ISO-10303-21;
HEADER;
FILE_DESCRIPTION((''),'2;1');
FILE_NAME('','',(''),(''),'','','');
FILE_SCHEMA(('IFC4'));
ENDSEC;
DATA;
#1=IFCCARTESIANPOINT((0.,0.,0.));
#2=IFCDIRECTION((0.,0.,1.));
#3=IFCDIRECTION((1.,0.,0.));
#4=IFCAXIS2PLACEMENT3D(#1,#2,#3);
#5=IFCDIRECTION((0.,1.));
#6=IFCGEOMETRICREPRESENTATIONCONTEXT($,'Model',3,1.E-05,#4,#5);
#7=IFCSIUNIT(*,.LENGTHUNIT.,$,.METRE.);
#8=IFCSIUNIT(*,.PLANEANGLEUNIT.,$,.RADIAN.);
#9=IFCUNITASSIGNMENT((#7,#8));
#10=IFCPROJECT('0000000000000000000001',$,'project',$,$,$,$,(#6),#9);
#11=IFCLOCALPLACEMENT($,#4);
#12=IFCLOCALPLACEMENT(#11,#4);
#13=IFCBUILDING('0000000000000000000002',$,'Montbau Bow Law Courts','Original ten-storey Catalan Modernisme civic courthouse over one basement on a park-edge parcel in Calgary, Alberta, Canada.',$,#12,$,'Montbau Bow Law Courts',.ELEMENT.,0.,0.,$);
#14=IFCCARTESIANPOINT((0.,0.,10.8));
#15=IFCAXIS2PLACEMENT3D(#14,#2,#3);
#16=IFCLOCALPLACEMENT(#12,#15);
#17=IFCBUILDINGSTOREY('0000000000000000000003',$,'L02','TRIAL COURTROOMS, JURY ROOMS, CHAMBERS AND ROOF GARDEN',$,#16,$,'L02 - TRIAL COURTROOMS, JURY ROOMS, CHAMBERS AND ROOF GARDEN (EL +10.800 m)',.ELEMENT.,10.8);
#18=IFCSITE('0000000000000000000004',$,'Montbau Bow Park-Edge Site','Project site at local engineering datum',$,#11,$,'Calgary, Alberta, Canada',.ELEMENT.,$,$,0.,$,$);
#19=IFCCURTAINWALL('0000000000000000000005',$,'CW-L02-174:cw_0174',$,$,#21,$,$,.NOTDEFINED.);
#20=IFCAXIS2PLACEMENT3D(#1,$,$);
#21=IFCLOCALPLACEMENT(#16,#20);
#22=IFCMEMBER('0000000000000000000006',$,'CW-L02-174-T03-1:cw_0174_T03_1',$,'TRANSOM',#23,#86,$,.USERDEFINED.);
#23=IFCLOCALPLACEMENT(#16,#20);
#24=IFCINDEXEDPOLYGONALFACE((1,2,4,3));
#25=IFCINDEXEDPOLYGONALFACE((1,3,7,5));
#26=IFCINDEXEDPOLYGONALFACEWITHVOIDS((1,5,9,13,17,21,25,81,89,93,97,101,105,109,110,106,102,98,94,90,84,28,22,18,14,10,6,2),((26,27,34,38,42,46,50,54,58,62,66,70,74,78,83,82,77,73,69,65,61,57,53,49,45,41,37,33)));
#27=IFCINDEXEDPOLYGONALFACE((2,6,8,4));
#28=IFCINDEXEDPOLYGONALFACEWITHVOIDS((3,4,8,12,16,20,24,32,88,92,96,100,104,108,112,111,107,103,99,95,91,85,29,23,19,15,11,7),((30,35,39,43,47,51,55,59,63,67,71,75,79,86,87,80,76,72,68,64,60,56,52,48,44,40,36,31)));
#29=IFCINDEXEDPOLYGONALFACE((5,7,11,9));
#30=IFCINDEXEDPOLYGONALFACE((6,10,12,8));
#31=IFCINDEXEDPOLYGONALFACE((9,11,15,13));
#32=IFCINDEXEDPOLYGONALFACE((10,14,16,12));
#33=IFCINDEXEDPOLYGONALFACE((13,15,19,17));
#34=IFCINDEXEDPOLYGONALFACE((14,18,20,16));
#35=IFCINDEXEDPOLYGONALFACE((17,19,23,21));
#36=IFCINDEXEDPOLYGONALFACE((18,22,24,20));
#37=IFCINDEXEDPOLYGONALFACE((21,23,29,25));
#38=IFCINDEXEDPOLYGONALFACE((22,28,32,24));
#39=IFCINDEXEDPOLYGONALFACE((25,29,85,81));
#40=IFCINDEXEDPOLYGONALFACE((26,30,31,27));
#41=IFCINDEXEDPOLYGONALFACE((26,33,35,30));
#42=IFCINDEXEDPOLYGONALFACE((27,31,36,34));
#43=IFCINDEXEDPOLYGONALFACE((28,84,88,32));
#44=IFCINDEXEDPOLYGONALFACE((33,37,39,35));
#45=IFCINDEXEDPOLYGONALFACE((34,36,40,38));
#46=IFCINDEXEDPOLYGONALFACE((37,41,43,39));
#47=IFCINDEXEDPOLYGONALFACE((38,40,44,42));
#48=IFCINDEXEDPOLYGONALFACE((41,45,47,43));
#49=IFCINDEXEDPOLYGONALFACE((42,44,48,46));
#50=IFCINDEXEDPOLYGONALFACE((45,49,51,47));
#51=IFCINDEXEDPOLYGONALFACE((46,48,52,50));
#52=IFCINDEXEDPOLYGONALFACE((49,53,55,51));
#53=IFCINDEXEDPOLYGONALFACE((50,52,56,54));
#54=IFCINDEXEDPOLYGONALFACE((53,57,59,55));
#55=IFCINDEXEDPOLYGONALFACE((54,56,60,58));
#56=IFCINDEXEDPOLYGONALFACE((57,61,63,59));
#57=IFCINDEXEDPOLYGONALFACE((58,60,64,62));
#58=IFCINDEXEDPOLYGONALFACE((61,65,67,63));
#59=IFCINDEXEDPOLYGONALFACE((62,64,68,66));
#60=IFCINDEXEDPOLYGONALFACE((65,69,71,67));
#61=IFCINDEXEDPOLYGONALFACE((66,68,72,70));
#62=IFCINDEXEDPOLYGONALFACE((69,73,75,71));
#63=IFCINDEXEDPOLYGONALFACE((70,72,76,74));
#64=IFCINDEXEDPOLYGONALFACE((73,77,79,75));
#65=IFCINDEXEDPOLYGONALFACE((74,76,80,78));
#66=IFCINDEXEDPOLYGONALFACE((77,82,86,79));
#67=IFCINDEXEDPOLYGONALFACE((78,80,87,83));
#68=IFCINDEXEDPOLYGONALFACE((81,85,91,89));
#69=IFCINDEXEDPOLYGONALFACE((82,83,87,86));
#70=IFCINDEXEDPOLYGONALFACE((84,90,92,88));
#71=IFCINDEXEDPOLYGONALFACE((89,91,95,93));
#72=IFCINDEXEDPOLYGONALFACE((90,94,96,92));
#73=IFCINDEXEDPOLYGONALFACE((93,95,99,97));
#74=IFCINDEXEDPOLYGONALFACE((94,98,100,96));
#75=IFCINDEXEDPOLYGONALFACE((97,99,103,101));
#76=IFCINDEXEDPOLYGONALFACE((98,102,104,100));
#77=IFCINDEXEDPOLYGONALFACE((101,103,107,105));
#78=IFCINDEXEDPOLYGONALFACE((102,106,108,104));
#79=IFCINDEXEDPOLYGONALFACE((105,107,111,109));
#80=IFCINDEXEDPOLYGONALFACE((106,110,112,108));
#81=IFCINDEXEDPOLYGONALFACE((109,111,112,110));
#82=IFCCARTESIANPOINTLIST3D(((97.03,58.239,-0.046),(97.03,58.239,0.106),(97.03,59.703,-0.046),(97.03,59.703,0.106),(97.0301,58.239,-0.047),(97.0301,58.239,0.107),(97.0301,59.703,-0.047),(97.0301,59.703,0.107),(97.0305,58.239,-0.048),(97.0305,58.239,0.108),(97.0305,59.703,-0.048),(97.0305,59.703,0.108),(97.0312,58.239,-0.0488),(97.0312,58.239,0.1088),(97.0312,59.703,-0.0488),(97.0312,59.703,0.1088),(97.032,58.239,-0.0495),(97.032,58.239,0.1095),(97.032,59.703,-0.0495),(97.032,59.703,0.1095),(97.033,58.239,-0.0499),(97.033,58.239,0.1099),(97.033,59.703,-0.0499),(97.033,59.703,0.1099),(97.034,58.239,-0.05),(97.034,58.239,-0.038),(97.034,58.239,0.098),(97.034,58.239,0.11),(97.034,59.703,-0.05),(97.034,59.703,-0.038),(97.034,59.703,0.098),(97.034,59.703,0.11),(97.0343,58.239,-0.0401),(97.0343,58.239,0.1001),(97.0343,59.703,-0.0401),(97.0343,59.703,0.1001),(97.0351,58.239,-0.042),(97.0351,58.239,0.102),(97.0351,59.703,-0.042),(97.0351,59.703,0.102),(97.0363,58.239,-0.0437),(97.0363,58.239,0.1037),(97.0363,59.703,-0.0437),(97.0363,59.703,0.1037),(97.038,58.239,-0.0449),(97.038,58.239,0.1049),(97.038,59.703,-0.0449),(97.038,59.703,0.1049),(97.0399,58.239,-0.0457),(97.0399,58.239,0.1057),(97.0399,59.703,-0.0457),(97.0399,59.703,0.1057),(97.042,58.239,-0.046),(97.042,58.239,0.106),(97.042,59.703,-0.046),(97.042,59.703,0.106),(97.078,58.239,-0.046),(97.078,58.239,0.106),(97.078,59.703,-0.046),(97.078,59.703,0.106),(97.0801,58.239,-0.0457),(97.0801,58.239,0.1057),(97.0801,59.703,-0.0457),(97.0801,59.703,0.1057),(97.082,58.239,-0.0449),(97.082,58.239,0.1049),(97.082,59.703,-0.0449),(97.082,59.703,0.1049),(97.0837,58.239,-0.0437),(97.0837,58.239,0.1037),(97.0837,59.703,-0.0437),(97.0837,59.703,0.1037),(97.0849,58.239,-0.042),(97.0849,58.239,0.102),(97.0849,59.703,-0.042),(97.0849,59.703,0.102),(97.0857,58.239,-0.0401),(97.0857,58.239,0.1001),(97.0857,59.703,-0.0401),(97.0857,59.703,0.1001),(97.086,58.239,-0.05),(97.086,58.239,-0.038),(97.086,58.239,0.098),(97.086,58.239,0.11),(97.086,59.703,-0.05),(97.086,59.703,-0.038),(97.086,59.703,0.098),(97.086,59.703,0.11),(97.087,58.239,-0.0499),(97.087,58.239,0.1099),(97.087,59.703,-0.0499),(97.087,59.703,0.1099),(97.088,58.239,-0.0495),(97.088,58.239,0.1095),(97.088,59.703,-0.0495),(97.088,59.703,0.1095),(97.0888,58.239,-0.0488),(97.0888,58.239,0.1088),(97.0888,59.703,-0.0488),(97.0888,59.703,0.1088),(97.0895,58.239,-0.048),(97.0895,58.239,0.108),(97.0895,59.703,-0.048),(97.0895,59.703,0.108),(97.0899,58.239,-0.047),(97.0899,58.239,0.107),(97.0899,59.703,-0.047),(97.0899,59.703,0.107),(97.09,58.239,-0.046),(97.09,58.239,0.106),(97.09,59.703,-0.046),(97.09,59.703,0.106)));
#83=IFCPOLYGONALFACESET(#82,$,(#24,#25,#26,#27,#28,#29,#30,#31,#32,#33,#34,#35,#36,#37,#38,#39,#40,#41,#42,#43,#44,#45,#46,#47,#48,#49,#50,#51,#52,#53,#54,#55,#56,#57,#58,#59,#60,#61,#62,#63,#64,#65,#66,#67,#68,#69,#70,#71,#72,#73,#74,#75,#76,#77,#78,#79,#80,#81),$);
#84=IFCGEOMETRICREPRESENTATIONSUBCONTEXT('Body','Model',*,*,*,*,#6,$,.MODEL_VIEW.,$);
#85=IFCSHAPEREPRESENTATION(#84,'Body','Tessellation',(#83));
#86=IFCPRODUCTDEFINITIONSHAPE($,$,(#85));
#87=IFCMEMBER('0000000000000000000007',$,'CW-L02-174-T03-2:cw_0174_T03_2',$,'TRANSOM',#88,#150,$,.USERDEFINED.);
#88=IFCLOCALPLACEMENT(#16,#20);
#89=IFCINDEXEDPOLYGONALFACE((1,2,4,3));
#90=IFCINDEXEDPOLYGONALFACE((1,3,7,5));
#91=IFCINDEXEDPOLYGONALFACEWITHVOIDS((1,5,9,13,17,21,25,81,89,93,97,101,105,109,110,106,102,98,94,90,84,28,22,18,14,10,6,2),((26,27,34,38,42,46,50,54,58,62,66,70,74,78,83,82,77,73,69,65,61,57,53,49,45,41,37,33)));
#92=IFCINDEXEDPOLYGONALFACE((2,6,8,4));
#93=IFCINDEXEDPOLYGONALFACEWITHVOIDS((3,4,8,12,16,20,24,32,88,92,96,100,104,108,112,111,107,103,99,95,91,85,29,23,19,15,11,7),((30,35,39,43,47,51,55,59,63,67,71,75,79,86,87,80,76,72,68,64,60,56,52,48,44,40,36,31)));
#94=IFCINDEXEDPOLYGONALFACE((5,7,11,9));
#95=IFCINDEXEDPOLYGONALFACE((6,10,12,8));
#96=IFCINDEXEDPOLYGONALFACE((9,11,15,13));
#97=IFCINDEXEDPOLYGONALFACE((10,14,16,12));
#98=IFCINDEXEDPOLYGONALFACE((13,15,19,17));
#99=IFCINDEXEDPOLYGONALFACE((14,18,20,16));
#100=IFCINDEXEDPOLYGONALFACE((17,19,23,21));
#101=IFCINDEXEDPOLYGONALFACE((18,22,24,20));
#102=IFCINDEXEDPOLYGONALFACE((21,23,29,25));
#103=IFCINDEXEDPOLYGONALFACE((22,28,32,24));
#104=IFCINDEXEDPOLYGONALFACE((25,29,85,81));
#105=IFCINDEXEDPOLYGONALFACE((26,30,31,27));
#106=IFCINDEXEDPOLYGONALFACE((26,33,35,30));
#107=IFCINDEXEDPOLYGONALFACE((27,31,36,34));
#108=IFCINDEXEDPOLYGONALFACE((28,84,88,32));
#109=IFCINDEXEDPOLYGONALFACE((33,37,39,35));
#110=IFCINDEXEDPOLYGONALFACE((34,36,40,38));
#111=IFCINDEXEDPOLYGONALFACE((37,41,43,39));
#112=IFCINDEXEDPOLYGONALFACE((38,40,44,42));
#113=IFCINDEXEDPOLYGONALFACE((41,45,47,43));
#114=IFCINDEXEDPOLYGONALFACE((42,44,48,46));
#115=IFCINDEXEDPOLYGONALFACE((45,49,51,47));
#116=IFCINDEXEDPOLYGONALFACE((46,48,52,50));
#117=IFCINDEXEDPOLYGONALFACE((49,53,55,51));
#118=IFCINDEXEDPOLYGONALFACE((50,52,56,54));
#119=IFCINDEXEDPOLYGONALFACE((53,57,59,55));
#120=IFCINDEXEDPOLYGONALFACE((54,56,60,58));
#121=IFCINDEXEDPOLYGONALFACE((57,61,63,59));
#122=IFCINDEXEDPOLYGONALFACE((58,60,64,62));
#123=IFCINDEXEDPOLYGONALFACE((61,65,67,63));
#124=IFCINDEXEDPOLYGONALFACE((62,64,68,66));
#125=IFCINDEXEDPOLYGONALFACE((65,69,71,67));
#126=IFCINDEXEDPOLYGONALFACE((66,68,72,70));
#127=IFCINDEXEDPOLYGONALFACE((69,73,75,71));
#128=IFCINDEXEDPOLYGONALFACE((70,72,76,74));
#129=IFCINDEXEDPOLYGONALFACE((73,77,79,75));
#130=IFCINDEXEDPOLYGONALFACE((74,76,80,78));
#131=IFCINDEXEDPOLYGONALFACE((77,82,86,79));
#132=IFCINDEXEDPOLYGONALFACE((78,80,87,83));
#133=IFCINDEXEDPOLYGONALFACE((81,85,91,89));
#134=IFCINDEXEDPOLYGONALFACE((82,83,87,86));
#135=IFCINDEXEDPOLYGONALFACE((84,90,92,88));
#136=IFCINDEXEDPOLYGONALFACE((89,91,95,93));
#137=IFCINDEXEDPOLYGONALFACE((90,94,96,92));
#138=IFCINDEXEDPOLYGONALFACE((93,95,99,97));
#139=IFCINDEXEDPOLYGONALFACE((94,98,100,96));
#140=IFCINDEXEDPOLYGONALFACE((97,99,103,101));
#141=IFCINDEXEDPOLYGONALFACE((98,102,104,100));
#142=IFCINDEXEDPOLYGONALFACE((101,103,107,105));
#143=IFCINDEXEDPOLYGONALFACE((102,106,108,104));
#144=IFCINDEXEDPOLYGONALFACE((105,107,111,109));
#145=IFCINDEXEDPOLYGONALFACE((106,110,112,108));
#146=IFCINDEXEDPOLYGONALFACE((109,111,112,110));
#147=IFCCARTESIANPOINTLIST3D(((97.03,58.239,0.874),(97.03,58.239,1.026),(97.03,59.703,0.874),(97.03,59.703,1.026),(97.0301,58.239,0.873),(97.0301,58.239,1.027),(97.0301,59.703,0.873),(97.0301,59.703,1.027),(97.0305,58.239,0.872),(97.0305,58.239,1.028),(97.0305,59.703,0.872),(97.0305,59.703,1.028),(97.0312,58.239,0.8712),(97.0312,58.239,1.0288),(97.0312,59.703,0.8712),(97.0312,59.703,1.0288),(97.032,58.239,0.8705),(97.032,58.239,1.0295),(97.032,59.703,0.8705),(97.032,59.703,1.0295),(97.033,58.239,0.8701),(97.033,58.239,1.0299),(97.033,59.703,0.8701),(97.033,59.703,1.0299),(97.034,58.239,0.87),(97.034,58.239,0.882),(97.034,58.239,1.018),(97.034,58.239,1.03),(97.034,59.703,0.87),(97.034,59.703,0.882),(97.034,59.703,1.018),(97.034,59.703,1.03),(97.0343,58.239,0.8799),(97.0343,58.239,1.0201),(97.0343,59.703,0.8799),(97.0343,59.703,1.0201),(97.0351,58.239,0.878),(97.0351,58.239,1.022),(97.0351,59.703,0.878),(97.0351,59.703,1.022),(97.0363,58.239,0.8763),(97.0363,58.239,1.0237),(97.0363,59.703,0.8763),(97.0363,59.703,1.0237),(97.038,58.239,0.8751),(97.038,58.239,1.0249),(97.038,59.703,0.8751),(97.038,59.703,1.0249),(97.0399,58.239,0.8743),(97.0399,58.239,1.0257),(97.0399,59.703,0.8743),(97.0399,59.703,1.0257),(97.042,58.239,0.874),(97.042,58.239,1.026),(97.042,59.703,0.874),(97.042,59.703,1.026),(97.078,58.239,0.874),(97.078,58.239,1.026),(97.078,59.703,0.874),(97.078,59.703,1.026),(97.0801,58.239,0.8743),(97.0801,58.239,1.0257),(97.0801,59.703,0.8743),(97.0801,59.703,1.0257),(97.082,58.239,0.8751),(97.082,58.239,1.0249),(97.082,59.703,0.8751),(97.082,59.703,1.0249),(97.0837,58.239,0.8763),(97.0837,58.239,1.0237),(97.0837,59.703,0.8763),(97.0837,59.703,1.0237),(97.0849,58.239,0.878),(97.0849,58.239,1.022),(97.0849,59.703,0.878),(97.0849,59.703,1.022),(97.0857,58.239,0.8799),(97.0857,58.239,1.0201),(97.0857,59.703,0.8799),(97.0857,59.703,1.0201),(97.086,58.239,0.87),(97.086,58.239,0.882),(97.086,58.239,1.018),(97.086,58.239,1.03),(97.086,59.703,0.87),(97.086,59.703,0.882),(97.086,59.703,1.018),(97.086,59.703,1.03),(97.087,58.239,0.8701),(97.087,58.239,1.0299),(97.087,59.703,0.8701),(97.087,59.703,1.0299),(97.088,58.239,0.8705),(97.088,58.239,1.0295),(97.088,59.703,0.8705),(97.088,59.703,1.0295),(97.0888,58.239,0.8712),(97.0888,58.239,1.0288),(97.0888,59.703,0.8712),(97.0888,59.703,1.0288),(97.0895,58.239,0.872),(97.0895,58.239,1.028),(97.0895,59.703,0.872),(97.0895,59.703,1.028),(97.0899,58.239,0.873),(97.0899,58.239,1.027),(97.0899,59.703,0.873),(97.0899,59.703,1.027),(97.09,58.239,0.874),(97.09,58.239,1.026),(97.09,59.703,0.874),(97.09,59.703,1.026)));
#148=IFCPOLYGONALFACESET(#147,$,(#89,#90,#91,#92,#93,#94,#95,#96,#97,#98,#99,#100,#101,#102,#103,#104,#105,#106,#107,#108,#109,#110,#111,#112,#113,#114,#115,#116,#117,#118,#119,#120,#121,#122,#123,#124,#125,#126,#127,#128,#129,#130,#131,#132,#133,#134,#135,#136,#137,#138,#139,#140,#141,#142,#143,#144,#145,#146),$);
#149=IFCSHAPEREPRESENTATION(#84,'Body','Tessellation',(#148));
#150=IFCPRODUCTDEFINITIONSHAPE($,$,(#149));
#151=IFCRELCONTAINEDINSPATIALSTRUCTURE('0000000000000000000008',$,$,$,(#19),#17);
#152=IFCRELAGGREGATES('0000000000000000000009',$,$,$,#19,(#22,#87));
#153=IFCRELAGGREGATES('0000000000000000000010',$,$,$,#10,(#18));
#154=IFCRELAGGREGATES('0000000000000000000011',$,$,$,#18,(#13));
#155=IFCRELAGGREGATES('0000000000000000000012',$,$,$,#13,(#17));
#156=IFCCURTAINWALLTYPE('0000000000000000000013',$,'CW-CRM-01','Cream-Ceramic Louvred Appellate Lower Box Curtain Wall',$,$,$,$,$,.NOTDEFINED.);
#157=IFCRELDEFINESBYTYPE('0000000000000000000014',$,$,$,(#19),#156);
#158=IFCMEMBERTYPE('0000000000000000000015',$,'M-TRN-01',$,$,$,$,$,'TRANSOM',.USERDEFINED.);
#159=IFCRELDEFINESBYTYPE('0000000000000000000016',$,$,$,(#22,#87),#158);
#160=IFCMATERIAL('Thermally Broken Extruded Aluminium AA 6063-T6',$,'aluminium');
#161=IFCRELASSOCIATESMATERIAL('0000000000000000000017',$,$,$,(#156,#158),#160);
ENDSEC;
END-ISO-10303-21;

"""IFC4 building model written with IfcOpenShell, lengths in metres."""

from ifc_helpers import new_model, si_unit, direction, frame, origin_with_axes, origin_2d_with_axis, place, context, subcontext, project, spatial, hollow_rectangle, extrude, material, material_profile, profile_set, type_object, element, aggregate, save


model = new_model("IFC4")

# Units and contexts
model_context = context("Model", 3, precision=1e-05, world=origin_with_axes(), true_north=direction((0.0, 1.0)))
body_context = subcontext(model_context, "Body", "Model", "MODEL_VIEW")
ifc_project = project(units=[si_unit("LENGTHUNIT", "METRE"), si_unit("PLANEANGLEUNIT", "RADIAN")], contexts=[model_context])

# Site, building, storey
site_placement = place(None, origin_with_axes())
site = spatial("IfcSite", under=ifc_project, at=site_placement, Name="Montbau Bow Park-Edge Site", Description="Project site at local engineering datum", LongName="Calgary, Alberta, Canada", CompositionType="ELEMENT", RefElevation=0.0)
building_placement = place(site_placement, origin_with_axes())
building = spatial("IfcBuilding", under=site, at=building_placement, Name="Montbau Bow Law Courts", Description="Original ten-storey Catalan Modernisme civic courthouse over one basement on a park-edge parcel in Calgary, Alberta, Canada.", LongName="Montbau Bow Law Courts", CompositionType="ELEMENT", ElevationOfRefHeight=0.0, ElevationOfTerrain=0.0)
storey_placement = place(building_placement, frame((0.0, 0.0, 10.8), z_axis=(0.0, 0.0, 1.0), x_axis=(1.0, 0.0, 0.0)))
storey = spatial("IfcBuildingStorey", under=building, at=storey_placement, Name="L02", Description="TRIAL COURTROOMS, JURY ROOMS, CHAMBERS AND ROOF GARDEN", LongName="L02 - TRIAL COURTROOMS, JURY ROOMS, CHAMBERS AND ROOF GARDEN (EL +10.800 m)", CompositionType="ELEMENT", Elevation=10.8)

# Curtain wall, members
ifc_material_1 = material(Name="Thermally Broken Extruded Aluminium AA 6063-T6", Category="aluminium")
curtain_wall_type = type_object("IfcCurtainWallType", Name="CW-CRM-01", Description="Cream-Ceramic Louvred Appellate Lower Box Curtain Wall", PredefinedType="NOTDEFINED", material=ifc_material_1)
curtain_wall_placement = place(None, frame((97.06, 55.115, 10.8), z_axis=(0.0, 0.0, 1.0), x_axis=(1.0, 0.0, 0.0)))
curtain_wall = element("IfcCurtainWall", 1, at=curtain_wall_placement, inside=storey, type_object=curtain_wall_type, Name="CW-L02-174:cw_0174", PredefinedType="NOTDEFINED")
ifc_material_profile_1 = material_profile(ifc_material_1, hollow_rectangle(XDim=0.06, YDim=0.16, WallThickness=0.004, InnerFilletRadius=0.008, OuterFilletRadius=0.004, at=origin_2d_with_axis()), Name="CWT-160X60", Category="Main", Priority=0)
ifc_profile_set_1 = profile_set([ifc_material_profile_1], Name="Thermally Broken Extruded Aluminium AA 6063-T6")
member_type_1 = type_object("IfcMemberType", Name="M-TRN-01", ElementType="TRANSOM", PredefinedType="USERDEFINED", material=ifc_profile_set_1)
member_1_placement = place(None, frame((97.06, 58.239, 10.83), z_axis=(0.0, 1.0, 0.0), x_axis=(-1.0, 0.0, 0.0)))
member_1 = element("IfcMember", 2, at=member_1_placement, type_object=member_type_1, Name="CW-L02-174-T03-1:cw_0174_T03_1", ObjectType="TRANSOM", PredefinedType="USERDEFINED", context=body_context, shape_type="SweptSolid", body=[
    extrude(hollow_rectangle(XDim=0.06, YDim=0.16, WallThickness=0.004, InnerFilletRadius=0.008, OuterFilletRadius=0.004, at=origin_2d_with_axis()), origin_with_axes(), (0.0, 0.0, 1.0), 1.464),
])
member_2_placement = place(None, frame((97.06, 58.239, 11.75), z_axis=(0.0, 1.0, 0.0), x_axis=(-1.0, 0.0, 0.0)))
member_2 = element("IfcMember", 3, at=member_2_placement, type_object=member_type_1, Name="CW-L02-174-T03-2:cw_0174_T03_2", ObjectType="TRANSOM", PredefinedType="USERDEFINED", context=body_context, shape_type="SweptSolid", body=[
    extrude(hollow_rectangle(XDim=0.06, YDim=0.16, WallThickness=0.004, InnerFilletRadius=0.008, OuterFilletRadius=0.004, at=origin_2d_with_axis()), origin_with_axes(), (0.0, 0.0, 1.0), 1.464),
])
aggregate(curtain_wall, [member_1, member_2])

save(model, "model.ifc")
